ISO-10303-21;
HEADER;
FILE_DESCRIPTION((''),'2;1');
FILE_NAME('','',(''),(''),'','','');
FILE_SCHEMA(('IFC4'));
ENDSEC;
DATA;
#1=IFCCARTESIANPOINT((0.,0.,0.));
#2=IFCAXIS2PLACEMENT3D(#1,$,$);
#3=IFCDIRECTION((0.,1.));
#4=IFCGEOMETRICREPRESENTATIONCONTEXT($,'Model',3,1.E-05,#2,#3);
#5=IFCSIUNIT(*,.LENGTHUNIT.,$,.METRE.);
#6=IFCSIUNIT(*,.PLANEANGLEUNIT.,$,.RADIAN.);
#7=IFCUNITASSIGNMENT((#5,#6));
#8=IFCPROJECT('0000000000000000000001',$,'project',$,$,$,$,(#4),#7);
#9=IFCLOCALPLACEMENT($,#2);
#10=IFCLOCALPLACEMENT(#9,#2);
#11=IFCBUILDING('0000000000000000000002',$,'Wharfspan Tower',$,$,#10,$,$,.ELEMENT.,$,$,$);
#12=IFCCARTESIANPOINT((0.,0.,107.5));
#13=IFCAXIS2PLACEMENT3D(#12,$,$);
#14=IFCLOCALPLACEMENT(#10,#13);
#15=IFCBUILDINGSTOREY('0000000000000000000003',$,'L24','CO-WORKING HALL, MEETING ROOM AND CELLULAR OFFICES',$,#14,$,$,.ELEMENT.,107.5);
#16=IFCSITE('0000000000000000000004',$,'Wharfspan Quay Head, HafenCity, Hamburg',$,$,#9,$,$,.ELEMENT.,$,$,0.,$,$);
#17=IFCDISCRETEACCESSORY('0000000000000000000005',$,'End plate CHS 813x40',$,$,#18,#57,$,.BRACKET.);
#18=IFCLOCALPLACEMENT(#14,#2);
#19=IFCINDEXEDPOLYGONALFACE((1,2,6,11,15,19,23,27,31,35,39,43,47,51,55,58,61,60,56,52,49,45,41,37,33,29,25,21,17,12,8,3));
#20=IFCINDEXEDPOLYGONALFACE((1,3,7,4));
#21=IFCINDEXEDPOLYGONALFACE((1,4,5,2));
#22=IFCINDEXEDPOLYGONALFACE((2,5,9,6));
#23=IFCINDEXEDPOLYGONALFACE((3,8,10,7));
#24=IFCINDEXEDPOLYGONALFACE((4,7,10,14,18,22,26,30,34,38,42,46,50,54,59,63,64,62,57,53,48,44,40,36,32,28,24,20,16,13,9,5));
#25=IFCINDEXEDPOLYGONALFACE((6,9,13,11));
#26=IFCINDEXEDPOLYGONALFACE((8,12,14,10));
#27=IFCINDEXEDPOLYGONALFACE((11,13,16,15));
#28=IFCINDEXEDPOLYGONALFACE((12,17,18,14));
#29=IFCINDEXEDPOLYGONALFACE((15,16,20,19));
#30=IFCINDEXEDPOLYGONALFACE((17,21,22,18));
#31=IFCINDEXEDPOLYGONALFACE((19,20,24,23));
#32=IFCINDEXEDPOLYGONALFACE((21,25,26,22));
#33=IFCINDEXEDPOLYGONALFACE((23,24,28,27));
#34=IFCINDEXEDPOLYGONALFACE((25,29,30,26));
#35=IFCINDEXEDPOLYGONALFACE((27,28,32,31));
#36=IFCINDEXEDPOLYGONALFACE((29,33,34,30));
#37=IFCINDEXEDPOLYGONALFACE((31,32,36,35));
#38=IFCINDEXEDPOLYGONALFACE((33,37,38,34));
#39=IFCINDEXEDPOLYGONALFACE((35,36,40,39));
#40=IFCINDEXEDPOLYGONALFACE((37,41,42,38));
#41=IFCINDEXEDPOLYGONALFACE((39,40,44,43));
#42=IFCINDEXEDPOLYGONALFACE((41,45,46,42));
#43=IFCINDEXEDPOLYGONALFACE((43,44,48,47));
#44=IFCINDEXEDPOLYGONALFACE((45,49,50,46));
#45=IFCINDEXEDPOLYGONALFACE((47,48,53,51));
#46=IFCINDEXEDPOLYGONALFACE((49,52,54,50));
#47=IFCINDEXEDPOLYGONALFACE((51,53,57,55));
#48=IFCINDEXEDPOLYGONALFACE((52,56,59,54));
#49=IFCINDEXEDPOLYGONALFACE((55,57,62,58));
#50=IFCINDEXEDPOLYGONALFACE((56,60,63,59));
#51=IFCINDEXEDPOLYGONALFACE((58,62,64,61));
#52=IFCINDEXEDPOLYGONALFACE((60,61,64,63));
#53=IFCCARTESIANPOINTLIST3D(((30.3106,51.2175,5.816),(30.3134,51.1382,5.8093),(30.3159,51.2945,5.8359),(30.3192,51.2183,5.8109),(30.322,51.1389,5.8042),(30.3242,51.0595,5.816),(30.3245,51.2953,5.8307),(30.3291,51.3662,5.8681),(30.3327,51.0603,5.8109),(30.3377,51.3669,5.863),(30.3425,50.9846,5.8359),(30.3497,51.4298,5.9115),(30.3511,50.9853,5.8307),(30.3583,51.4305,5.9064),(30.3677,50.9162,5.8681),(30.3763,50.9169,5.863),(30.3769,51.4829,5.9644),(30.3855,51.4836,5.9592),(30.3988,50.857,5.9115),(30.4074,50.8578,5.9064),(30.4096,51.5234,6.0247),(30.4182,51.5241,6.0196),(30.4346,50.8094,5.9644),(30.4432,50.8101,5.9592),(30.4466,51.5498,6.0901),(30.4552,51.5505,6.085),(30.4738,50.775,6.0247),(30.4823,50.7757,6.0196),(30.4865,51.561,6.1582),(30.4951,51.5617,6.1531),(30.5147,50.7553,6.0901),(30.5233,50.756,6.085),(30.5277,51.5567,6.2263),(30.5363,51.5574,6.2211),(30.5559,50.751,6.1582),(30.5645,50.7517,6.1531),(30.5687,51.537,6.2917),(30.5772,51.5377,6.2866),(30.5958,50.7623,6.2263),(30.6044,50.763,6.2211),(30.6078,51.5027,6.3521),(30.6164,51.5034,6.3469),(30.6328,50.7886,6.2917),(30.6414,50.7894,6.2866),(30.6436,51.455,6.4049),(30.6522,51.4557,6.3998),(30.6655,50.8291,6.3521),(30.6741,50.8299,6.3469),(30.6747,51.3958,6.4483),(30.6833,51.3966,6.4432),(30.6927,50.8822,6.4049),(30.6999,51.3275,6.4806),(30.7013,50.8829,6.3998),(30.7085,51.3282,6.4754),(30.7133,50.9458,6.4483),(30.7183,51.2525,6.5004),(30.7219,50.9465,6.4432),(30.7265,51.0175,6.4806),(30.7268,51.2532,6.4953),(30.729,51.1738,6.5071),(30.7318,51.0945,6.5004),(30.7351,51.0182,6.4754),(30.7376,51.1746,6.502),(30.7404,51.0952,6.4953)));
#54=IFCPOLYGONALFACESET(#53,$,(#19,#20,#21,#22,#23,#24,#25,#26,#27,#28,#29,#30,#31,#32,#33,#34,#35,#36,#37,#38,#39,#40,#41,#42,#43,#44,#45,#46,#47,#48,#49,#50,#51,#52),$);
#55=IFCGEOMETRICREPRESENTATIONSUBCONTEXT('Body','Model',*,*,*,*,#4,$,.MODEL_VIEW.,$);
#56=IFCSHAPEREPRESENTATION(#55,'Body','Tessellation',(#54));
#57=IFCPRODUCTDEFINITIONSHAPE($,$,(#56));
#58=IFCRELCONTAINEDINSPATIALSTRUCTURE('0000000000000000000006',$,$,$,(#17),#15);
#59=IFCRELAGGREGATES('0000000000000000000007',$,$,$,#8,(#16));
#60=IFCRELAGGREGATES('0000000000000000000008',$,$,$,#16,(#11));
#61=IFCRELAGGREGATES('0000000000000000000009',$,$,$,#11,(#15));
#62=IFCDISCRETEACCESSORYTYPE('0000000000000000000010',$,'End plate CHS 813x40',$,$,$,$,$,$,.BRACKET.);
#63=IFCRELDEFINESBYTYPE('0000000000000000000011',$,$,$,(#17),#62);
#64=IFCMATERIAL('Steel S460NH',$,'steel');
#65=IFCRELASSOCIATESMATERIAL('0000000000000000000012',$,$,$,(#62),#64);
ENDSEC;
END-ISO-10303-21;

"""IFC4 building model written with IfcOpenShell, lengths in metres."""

from ifc_helpers import new_model, si_unit, direction, frame, origin, origin_2d, place, context, subcontext, project, spatial, circle, extrude, material, material_profile, profile_set, type_object, element, save


model = new_model("IFC4")

# Units and contexts
model_context = context("Model", 3, precision=1e-05, world=origin(), true_north=direction((0.0, 1.0)))
body_context = subcontext(model_context, "Body", "Model", "MODEL_VIEW")
ifc_project = project(units=[si_unit("LENGTHUNIT", "METRE"), si_unit("PLANEANGLEUNIT", "RADIAN")], contexts=[model_context])

# Site, building, storey
site_placement = place(None, origin())
site = spatial("IfcSite", under=ifc_project, at=site_placement, Name="Wharfspan Quay Head, HafenCity, Hamburg", CompositionType="ELEMENT", RefElevation=0.0)
building_placement = place(site_placement, origin())
building = spatial("IfcBuilding", under=site, at=building_placement, Name="Wharfspan Tower", CompositionType="ELEMENT")
storey_placement = place(building_placement, frame((0.0, 0.0, 107.5)))
storey = spatial("IfcBuildingStorey", under=building, at=storey_placement, Name="L24", Description="CO-WORKING HALL, MEETING ROOM AND CELLULAR OFFICES", CompositionType="ELEMENT", Elevation=107.5)

# Shared definitions
ifc_material_1 = material(Name="Steel S460NH", Category="steel")

# Discrete accessory
ifc_material_profile_1 = material_profile(ifc_material_1, circle(Radius=0.4065, at=origin_2d()))
ifc_profile_set_1 = profile_set([ifc_material_profile_1], Name="Steel S460NH")
discrete_accessory_type = type_object("IfcDiscreteAccessoryType", Name="End plate CHS 813x40", PredefinedType="BRACKET", material=ifc_profile_set_1)
for number, where, z_axis, x_axis, name in (
    (1, (30.5298, 51.1567, 6.1531), (-0.855186, -0.073302, 0.513112), (0.085402, -0.996345, 0.000001), "End plate CHS 813x40"),
):
    element("IfcDiscreteAccessory", number, at=place(storey_placement, frame(where, z_axis=z_axis, x_axis=x_axis)), inside=storey, type_object=discrete_accessory_type, Name=name, PredefinedType="BRACKET", context=body_context, shape_type="SweptSolid", body=[
        extrude(circle(Radius=0.4065, at=origin_2d()), origin(), (0.0, 0.0, 1.0), 0.01),
    ])

save(model, "model.ifc")
